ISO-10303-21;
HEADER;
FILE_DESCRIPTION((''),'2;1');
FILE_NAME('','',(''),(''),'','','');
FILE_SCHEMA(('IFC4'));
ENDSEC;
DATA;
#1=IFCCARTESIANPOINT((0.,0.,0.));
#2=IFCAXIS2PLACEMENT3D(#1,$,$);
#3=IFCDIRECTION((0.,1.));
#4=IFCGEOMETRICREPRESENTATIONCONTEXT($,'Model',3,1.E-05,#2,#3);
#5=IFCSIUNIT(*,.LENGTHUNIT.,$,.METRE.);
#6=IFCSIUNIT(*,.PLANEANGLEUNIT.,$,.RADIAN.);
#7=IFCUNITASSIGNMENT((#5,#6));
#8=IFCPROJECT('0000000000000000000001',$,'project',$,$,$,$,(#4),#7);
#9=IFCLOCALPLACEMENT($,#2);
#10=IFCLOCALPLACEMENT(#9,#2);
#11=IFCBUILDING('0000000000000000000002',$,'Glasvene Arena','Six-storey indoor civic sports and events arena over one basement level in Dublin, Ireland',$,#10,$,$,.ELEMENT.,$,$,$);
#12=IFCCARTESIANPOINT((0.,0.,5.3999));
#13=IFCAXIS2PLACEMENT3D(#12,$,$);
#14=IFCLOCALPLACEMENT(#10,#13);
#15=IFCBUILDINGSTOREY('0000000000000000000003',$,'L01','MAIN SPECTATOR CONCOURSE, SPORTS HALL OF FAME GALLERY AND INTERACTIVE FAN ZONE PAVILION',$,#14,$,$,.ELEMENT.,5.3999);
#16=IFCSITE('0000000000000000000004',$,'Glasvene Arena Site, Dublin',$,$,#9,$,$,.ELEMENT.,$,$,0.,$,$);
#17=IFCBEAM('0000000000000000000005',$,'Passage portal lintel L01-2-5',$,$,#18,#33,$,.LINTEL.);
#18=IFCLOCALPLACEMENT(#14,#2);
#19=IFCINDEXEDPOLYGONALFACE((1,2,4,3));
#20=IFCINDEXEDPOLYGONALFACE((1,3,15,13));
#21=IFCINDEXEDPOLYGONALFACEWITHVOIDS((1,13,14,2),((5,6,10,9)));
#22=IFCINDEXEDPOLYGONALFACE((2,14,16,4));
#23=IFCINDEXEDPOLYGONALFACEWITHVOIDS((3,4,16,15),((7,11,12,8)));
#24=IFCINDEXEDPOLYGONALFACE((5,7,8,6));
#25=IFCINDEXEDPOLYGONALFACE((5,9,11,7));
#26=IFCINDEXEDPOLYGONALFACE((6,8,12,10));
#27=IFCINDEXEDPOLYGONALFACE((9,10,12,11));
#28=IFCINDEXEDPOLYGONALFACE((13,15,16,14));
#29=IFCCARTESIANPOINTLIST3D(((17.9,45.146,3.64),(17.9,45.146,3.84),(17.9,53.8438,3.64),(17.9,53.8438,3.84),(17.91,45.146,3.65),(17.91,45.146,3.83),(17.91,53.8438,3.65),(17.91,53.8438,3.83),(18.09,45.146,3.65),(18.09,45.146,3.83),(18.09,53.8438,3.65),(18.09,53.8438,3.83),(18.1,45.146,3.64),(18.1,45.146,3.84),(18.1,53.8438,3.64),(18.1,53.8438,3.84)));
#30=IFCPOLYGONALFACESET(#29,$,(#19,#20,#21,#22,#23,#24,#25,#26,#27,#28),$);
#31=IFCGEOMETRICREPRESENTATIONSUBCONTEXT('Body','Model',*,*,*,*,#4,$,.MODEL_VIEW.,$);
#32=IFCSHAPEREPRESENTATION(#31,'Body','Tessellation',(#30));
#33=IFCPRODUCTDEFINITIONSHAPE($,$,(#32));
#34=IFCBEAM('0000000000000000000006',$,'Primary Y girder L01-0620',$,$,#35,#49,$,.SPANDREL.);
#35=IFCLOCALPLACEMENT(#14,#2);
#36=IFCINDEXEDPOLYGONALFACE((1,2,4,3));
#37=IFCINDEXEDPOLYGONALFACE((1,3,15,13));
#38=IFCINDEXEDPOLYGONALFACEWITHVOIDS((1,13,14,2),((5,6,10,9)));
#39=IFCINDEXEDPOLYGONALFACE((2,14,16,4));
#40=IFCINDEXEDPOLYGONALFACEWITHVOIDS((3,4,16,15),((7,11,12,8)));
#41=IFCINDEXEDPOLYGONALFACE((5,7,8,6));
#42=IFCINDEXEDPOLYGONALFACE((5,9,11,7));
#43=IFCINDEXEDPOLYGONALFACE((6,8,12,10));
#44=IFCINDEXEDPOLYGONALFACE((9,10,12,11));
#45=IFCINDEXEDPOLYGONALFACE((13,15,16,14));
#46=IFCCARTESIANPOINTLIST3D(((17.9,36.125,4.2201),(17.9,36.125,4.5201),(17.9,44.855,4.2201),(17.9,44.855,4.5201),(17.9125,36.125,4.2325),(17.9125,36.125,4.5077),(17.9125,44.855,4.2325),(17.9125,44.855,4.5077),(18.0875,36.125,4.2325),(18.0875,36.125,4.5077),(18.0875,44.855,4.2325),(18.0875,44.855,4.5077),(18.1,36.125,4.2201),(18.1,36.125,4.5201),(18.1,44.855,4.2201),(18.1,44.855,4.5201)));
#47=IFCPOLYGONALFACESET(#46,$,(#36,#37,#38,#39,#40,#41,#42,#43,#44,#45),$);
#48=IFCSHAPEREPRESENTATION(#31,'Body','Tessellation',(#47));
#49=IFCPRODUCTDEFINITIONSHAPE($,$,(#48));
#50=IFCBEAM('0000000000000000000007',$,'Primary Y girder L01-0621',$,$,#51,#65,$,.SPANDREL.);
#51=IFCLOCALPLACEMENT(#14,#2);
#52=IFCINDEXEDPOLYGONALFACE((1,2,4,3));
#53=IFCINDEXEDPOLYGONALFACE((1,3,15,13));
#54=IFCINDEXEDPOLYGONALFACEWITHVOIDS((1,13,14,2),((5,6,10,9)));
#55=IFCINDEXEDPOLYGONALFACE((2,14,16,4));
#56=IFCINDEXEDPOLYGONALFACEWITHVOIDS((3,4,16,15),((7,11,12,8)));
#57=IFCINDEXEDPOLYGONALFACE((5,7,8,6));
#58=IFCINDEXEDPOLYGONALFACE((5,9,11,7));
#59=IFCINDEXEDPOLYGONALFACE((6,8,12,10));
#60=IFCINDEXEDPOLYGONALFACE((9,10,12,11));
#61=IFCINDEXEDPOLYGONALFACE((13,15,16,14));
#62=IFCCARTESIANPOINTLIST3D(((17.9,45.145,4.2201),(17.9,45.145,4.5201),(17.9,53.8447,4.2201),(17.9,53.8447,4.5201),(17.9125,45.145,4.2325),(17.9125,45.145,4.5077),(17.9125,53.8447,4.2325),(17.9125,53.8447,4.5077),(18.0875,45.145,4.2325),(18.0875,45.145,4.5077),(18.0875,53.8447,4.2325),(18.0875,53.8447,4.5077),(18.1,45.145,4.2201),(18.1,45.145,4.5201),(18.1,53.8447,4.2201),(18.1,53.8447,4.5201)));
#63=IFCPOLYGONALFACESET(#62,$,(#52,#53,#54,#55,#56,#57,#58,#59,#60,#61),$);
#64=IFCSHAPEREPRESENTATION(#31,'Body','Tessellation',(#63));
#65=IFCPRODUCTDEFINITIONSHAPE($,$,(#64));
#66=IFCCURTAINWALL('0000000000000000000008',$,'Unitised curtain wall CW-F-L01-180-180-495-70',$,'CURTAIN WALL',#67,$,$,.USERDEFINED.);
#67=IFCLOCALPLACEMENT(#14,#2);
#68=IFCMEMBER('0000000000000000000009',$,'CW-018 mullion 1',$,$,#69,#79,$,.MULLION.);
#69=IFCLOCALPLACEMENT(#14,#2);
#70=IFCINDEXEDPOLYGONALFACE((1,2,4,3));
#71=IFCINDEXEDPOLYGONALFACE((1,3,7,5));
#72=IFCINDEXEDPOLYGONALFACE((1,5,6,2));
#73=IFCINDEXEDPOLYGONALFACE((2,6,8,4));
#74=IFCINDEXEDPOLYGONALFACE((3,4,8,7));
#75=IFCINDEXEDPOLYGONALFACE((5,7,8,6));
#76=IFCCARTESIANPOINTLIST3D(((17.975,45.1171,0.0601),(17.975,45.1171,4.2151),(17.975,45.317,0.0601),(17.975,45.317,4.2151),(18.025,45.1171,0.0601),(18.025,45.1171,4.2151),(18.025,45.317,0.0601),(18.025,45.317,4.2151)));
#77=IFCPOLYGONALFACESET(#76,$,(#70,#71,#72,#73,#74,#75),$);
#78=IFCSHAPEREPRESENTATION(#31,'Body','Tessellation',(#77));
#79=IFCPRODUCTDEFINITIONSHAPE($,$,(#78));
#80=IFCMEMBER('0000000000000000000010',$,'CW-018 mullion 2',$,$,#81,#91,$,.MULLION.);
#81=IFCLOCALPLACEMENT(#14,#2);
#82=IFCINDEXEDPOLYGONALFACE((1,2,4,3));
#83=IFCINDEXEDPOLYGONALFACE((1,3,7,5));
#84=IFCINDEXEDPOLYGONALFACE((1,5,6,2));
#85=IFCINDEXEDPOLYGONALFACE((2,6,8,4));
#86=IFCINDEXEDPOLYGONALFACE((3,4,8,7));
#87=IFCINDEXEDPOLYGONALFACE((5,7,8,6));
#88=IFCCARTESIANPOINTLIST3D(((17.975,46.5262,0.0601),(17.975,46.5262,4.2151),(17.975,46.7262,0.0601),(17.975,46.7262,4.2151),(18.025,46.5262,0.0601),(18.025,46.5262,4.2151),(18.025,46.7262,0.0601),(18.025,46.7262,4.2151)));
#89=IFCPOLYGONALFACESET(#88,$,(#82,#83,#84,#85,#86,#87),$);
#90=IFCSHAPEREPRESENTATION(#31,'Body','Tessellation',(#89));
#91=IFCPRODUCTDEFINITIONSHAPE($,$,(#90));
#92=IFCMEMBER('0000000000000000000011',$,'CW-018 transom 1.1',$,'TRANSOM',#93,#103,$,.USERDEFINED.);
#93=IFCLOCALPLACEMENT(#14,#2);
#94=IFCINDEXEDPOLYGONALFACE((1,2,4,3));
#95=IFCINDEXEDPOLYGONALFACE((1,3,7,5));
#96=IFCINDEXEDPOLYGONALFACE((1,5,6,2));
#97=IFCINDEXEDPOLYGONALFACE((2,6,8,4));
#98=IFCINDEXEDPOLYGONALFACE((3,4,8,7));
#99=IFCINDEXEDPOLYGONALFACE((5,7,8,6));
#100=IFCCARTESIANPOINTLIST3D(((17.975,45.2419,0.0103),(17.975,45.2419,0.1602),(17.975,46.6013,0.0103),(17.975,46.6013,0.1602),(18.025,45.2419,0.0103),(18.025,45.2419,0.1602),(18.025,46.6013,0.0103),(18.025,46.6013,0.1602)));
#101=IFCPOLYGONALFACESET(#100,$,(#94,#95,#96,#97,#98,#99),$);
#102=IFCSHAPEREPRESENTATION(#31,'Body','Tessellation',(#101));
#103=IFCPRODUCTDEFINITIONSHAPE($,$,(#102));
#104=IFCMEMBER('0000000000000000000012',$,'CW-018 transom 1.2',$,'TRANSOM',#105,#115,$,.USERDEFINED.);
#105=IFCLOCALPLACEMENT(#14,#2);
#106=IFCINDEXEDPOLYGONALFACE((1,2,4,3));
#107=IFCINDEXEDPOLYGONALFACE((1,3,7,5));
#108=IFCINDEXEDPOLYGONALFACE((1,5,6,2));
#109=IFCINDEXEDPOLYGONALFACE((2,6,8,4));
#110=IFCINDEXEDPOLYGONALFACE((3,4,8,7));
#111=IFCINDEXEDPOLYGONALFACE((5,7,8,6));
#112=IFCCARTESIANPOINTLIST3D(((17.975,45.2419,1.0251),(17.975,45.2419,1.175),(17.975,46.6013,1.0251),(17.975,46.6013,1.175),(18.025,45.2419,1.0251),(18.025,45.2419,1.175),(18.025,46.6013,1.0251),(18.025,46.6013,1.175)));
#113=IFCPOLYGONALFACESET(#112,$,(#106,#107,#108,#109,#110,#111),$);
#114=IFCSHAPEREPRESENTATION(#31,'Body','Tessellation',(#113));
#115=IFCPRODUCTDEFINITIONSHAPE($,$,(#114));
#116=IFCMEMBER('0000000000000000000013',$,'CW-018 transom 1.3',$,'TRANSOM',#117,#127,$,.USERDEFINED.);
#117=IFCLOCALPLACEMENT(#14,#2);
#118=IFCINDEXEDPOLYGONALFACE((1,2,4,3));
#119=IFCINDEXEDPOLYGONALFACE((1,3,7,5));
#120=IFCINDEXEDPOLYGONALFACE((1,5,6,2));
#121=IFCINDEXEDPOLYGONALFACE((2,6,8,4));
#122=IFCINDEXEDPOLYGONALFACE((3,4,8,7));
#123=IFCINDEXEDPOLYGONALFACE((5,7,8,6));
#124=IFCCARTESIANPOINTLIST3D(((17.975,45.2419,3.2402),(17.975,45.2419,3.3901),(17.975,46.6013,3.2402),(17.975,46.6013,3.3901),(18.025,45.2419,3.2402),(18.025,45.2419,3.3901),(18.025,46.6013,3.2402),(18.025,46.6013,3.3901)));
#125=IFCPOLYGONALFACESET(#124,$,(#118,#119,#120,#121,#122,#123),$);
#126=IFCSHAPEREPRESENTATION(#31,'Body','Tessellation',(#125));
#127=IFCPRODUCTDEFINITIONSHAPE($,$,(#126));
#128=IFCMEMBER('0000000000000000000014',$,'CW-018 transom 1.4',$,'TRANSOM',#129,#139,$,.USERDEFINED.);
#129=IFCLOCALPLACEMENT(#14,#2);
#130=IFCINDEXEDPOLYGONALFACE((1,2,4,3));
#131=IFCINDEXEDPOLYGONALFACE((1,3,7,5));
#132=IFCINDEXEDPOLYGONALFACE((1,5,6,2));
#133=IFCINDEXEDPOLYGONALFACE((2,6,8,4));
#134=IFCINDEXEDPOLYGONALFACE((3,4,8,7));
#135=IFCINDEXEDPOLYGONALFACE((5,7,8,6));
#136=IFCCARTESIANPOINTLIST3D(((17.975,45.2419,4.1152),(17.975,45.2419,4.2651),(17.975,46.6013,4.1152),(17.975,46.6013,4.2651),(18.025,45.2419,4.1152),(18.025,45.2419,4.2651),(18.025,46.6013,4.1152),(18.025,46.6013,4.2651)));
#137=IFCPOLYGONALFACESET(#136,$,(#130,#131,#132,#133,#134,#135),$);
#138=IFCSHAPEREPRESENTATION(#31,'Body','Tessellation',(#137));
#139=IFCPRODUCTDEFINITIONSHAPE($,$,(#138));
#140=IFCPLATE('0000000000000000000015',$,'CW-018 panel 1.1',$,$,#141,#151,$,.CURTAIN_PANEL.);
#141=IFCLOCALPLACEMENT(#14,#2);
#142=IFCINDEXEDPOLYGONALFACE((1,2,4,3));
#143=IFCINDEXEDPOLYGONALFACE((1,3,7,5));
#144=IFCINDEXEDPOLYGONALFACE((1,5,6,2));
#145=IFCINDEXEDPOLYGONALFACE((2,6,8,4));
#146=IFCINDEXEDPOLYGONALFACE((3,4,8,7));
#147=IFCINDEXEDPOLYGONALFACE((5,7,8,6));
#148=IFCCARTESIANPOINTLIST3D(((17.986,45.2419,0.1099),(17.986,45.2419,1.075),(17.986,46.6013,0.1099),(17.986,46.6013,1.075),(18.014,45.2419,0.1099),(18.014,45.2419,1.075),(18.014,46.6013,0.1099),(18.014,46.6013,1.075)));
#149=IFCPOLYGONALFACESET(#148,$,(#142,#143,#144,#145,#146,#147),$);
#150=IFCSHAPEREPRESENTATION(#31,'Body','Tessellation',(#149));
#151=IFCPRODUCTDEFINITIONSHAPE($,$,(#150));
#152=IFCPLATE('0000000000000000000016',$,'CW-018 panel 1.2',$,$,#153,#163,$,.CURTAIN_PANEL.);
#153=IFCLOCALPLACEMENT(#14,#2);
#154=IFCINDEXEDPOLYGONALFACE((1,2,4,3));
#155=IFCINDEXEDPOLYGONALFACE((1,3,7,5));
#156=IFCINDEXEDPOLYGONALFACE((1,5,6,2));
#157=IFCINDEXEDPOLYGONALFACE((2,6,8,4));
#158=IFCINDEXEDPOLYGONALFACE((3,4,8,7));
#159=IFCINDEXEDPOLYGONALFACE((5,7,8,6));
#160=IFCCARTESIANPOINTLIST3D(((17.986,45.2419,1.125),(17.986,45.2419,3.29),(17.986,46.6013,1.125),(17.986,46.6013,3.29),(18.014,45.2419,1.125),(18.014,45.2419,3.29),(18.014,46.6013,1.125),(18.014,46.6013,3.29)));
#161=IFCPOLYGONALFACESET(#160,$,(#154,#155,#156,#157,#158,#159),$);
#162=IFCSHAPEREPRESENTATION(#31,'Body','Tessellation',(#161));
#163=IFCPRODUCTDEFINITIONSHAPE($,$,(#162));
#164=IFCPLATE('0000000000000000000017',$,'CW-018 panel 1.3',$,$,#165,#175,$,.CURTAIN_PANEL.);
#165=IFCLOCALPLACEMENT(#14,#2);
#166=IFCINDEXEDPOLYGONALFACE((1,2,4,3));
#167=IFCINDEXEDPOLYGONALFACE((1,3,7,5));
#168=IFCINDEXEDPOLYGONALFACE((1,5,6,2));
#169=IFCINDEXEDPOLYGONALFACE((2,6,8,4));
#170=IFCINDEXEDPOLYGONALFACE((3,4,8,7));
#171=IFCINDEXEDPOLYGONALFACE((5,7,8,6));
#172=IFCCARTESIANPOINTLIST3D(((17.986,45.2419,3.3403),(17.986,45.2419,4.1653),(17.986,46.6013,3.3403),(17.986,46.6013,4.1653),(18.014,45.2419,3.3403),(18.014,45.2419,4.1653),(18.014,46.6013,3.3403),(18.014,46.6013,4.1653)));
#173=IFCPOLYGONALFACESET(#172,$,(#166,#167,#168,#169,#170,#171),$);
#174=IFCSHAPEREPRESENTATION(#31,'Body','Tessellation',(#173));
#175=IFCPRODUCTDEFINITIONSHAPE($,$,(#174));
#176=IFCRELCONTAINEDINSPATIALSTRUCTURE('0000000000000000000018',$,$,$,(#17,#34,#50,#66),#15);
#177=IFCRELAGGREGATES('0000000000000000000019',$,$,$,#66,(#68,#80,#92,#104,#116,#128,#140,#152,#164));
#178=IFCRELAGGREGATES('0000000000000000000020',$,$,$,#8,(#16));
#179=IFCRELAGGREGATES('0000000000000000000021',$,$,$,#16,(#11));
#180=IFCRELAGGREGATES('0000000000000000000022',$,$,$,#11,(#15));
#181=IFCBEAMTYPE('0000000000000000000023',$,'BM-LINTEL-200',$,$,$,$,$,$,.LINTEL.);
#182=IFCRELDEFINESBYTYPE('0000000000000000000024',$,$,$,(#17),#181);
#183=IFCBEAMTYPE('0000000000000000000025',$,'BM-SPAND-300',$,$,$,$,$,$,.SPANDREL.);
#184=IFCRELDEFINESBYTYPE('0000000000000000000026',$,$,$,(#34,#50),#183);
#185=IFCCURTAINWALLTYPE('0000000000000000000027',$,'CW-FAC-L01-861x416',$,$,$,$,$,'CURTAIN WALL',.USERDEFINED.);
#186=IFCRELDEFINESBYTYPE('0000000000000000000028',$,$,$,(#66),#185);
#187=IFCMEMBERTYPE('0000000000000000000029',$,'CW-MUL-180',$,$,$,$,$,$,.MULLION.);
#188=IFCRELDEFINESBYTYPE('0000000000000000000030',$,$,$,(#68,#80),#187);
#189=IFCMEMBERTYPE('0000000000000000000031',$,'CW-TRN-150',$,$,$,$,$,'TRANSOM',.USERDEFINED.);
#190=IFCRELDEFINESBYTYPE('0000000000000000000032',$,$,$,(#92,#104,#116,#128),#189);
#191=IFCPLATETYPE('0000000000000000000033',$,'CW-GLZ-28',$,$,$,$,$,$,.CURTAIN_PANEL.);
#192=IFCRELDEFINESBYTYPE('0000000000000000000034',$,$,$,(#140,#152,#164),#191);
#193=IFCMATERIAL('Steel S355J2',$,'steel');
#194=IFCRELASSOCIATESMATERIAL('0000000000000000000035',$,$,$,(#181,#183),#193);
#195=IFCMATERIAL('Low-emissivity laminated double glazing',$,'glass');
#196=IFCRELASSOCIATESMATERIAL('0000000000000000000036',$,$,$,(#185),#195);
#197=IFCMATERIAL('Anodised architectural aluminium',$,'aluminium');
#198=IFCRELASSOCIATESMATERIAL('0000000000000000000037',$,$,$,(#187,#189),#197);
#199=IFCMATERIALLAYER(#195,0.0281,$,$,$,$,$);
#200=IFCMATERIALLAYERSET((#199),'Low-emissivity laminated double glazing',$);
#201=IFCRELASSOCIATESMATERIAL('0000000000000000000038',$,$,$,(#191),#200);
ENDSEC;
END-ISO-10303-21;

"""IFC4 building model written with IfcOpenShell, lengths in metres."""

from ifc_helpers import new_model, si_unit, direction, frame, origin, origin_2d, place, context, subcontext, project, spatial, rectangle, hollow_rectangle, extrude, material, layer, layer_set, material_profile, profile_set, type_object, element, aggregate, save


model = new_model("IFC4")

# Units and contexts
model_context = context("Model", 3, precision=1e-05, world=origin(), true_north=direction((0.0, 1.0)))
body_context = subcontext(model_context, "Body", "Model", "MODEL_VIEW")
ifc_project = project(units=[si_unit("LENGTHUNIT", "METRE"), si_unit("PLANEANGLEUNIT", "RADIAN")], contexts=[model_context])

# Site, building, storey
site_placement = place(None, origin())
site = spatial("IfcSite", under=ifc_project, at=site_placement, Name="Glasvene Arena Site, Dublin", CompositionType="ELEMENT", RefElevation=0.0)
building_placement = place(site_placement, origin())
building = spatial("IfcBuilding", under=site, at=building_placement, Name="Glasvene Arena", Description="Six-storey indoor civic sports and events arena over one basement level in Dublin, Ireland", CompositionType="ELEMENT")
storey_placement = place(building_placement, frame((0.0, 0.0, 5.3999)))
storey = spatial("IfcBuildingStorey", under=building, at=storey_placement, Name="L01", Description="MAIN SPECTATOR CONCOURSE, SPORTS HALL OF FAME GALLERY AND INTERACTIVE FAN ZONE PAVILION", CompositionType="ELEMENT", Elevation=5.3999)

# Shared definitions
ifc_material_1 = material(Name="Steel S355J2", Category="steel")

# Beams
ifc_material_profile_1 = material_profile(ifc_material_1, hollow_rectangle(XDim=0.2, YDim=0.2, WallThickness=0.01, at=origin_2d()), Name="SHS 200x200x10.0")
ifc_profile_set_1 = profile_set([ifc_material_profile_1], Name="Steel S355J2")
beam_type_1 = type_object("IfcBeamType", Name="BM-LINTEL-200", PredefinedType="LINTEL", material=ifc_profile_set_1)
beam_1_placement = place(storey_placement, frame((18.0, 45.146, 3.74), z_axis=(0.0, 1.0, 0.0), x_axis=(-1.0, 0.0, 0.0)))
element("IfcBeam", 1, at=beam_1_placement, inside=storey, type_object=beam_type_1, Name="Passage portal lintel L01-2-5", PredefinedType="LINTEL", context=body_context, shape_type="SweptSolid", body=[
    extrude(hollow_rectangle(XDim=0.2, YDim=0.2, WallThickness=0.01, at=origin_2d()), origin(), (0.0, 0.0, 1.0), 8.6978),
])
ifc_material_profile_2 = material_profile(ifc_material_1, hollow_rectangle(XDim=0.2, YDim=0.3, WallThickness=0.0125, at=origin_2d()), Name="RHS 300x200x12.5")
ifc_profile_set_2 = profile_set([ifc_material_profile_2], Name="Steel S355J2")
beam_type_2 = type_object("IfcBeamType", Name="BM-SPAND-300", PredefinedType="SPANDREL", material=ifc_profile_set_2)
beam_2_placement = place(storey_placement, frame((18.0, 36.125, 4.3701), z_axis=(0.0, 1.0, 0.0), x_axis=(-1.0, 0.0, 0.0)))
element("IfcBeam", 2, at=beam_2_placement, inside=storey, type_object=beam_type_2, Name="Primary Y girder L01-0620", PredefinedType="SPANDREL", context=body_context, shape_type="SweptSolid", body=[
    extrude(hollow_rectangle(XDim=0.2, YDim=0.3, WallThickness=0.0125, at=origin_2d()), origin(), (0.0, 0.0, 1.0), 8.73),
])
beam_3_placement = place(storey_placement, frame((18.0, 45.145, 4.3701), z_axis=(0.0, 1.0, 0.0), x_axis=(-1.0, 0.0, 0.0)))
element("IfcBeam", 3, at=beam_3_placement, inside=storey, type_object=beam_type_2, Name="Primary Y girder L01-0621", PredefinedType="SPANDREL", context=body_context, shape_type="SweptSolid", body=[
    extrude(hollow_rectangle(XDim=0.2, YDim=0.3, WallThickness=0.0125, at=origin_2d()), origin(), (0.0, 0.0, 1.0), 8.6997),
])

# Curtain wall, members, plates
ifc_material_2 = material(Name="Low-emissivity laminated double glazing", Category="glass")
curtain_wall_type = type_object("IfcCurtainWallType", Name="CW-FAC-L01-861x416", ElementType="CURTAIN WALL", PredefinedType="USERDEFINED", material=ifc_material_2)
curtain_wall_placement = place(storey_placement, frame((18.0, 45.1919, 0.0)))
curtain_wall = element("IfcCurtainWall", 4, at=curtain_wall_placement, inside=storey, type_object=curtain_wall_type, Name="Unitised curtain wall CW-F-L01-180-180-495-70", ObjectType="CURTAIN WALL", PredefinedType="USERDEFINED")
ifc_material_3 = material(Name="Anodised architectural aluminium", Category="aluminium")
ifc_material_profile_3 = material_profile(ifc_material_3, rectangle(XDim=0.05, YDim=0.2, at=origin_2d()), Name="ALU MULLION 50x200")
ifc_profile_set_3 = profile_set([ifc_material_profile_3], Name="Anodised architectural aluminium")
member_type_1 = type_object("IfcMemberType", Name="CW-MUL-180", PredefinedType="MULLION", material=ifc_profile_set_3)
member_1_placement = place(storey_placement, frame((18.0, 45.217, 0.0601), z_axis=(0.0, 0.0, 1.0), x_axis=(-1.0, 0.0, 0.0)))
member_1 = element("IfcMember", 5, at=member_1_placement, type_object=member_type_1, Name="CW-018 mullion 1", PredefinedType="MULLION", context=body_context, shape_type="SweptSolid", body=[
    extrude(rectangle(XDim=0.05, YDim=0.2, at=origin_2d()), origin(), (0.0, 0.0, 1.0), 4.155),
])
member_2_placement = place(storey_placement, frame((18.0, 46.6262, 0.0601), z_axis=(0.0, 0.0, 1.0), x_axis=(-1.0, 0.0, 0.0)))
member_2 = element("IfcMember", 6, at=member_2_placement, type_object=member_type_1, Name="CW-018 mullion 2", PredefinedType="MULLION", context=body_context, shape_type="SweptSolid", body=[
    extrude(rectangle(XDim=0.05, YDim=0.2, at=origin_2d()), origin(), (0.0, 0.0, 1.0), 4.155),
])
ifc_material_profile_4 = material_profile(ifc_material_3, rectangle(XDim=0.05, YDim=0.1499, at=origin_2d()), Name="ALU TRANSOM 50x150")
ifc_profile_set_4 = profile_set([ifc_material_profile_4], Name="Anodised architectural aluminium")
member_type_2 = type_object("IfcMemberType", Name="CW-TRN-150", ElementType="TRANSOM", PredefinedType="USERDEFINED", material=ifc_profile_set_4)
member_3_placement = place(storey_placement, frame((18.0, 45.2419, 0.0852), z_axis=(0.0, 1.0, 0.0), x_axis=(-1.0, 0.0, 0.0)))
member_3 = element("IfcMember", 7, at=member_3_placement, type_object=member_type_2, Name="CW-018 transom 1.1", ObjectType="TRANSOM", PredefinedType="USERDEFINED", context=body_context, shape_type="SweptSolid", body=[
    extrude(rectangle(XDim=0.05, YDim=0.1499, at=origin_2d()), origin(), (0.0, 0.0, 1.0), 1.3594),
])
member_4_placement = place(storey_placement, frame((18.0, 45.2419, 1.1001), z_axis=(0.0, 1.0, 0.0), x_axis=(-1.0, 0.0, 0.0)))
member_4 = element("IfcMember", 8, at=member_4_placement, type_object=member_type_2, Name="CW-018 transom 1.2", ObjectType="TRANSOM", PredefinedType="USERDEFINED", context=body_context, shape_type="SweptSolid", body=[
    extrude(rectangle(XDim=0.05, YDim=0.1499, at=origin_2d()), origin(), (0.0, 0.0, 1.0), 1.3594),
])
member_5_placement = place(storey_placement, frame((18.0, 45.2419, 3.3152), z_axis=(0.0, 1.0, 0.0), x_axis=(-1.0, 0.0, 0.0)))
member_5 = element("IfcMember", 9, at=member_5_placement, type_object=member_type_2, Name="CW-018 transom 1.3", ObjectType="TRANSOM", PredefinedType="USERDEFINED", context=body_context, shape_type="SweptSolid", body=[
    extrude(rectangle(XDim=0.05, YDim=0.1499, at=origin_2d()), origin(), (0.0, 0.0, 1.0), 1.3594),
])
member_6_placement = place(storey_placement, frame((18.0, 45.2419, 4.1902), z_axis=(0.0, 1.0, 0.0), x_axis=(-1.0, 0.0, 0.0)))
member_6 = element("IfcMember", 10, at=member_6_placement, type_object=member_type_2, Name="CW-018 transom 1.4", ObjectType="TRANSOM", PredefinedType="USERDEFINED", context=body_context, shape_type="SweptSolid", body=[
    extrude(rectangle(XDim=0.05, YDim=0.1499, at=origin_2d()), origin(), (0.0, 0.0, 1.0), 1.3594),
])
ifc_layer_1 = layer(ifc_material_2, 0.0281)
ifc_layer_set_1 = layer_set([ifc_layer_1], Name="Low-emissivity laminated double glazing")
plate_type = type_object("IfcPlateType", Name="CW-GLZ-28", PredefinedType="CURTAIN_PANEL", material=ifc_layer_set_1)
plate_1_placement = place(storey_placement, frame((18.0, 45.9216, 0.1099), z_axis=(0.0, 0.0, 1.0), x_axis=(0.0, 1.0, 0.0)))
plate_1 = element("IfcPlate", 11, at=plate_1_placement, type_object=plate_type, Name="CW-018 panel 1.1", PredefinedType="CURTAIN_PANEL", context=body_context, shape_type="SweptSolid", body=[
    extrude(rectangle(XDim=1.3594, YDim=0.0281, at=origin_2d()), origin(), (0.0, 0.0, 1.0), 0.9651),
])
plate_2_placement = place(storey_placement, frame((18.0, 45.9216, 1.125), z_axis=(0.0, 0.0, 1.0), x_axis=(0.0, 1.0, 0.0)))
plate_2 = element("IfcPlate", 12, at=plate_2_placement, type_object=plate_type, Name="CW-018 panel 1.2", PredefinedType="CURTAIN_PANEL", context=body_context, shape_type="SweptSolid", body=[
    extrude(rectangle(XDim=1.3594, YDim=0.0281, at=origin_2d()), origin(), (0.0, 0.0, 1.0), 2.165),
])
plate_3_placement = place(storey_placement, frame((18.0, 45.9216, 3.3403), z_axis=(0.0, 0.0, 1.0), x_axis=(0.0, 1.0, 0.0)))
plate_3 = element("IfcPlate", 13, at=plate_3_placement, type_object=plate_type, Name="CW-018 panel 1.3", PredefinedType="CURTAIN_PANEL", context=body_context, shape_type="SweptSolid", body=[
    extrude(rectangle(XDim=1.3594, YDim=0.0281, at=origin_2d()), origin(), (0.0, 0.0, 1.0), 0.825),
])
aggregate(curtain_wall, [member_1, member_2, member_3, member_4, member_5, member_6, plate_1, plate_2, plate_3])

save(model, "model.ifc")
